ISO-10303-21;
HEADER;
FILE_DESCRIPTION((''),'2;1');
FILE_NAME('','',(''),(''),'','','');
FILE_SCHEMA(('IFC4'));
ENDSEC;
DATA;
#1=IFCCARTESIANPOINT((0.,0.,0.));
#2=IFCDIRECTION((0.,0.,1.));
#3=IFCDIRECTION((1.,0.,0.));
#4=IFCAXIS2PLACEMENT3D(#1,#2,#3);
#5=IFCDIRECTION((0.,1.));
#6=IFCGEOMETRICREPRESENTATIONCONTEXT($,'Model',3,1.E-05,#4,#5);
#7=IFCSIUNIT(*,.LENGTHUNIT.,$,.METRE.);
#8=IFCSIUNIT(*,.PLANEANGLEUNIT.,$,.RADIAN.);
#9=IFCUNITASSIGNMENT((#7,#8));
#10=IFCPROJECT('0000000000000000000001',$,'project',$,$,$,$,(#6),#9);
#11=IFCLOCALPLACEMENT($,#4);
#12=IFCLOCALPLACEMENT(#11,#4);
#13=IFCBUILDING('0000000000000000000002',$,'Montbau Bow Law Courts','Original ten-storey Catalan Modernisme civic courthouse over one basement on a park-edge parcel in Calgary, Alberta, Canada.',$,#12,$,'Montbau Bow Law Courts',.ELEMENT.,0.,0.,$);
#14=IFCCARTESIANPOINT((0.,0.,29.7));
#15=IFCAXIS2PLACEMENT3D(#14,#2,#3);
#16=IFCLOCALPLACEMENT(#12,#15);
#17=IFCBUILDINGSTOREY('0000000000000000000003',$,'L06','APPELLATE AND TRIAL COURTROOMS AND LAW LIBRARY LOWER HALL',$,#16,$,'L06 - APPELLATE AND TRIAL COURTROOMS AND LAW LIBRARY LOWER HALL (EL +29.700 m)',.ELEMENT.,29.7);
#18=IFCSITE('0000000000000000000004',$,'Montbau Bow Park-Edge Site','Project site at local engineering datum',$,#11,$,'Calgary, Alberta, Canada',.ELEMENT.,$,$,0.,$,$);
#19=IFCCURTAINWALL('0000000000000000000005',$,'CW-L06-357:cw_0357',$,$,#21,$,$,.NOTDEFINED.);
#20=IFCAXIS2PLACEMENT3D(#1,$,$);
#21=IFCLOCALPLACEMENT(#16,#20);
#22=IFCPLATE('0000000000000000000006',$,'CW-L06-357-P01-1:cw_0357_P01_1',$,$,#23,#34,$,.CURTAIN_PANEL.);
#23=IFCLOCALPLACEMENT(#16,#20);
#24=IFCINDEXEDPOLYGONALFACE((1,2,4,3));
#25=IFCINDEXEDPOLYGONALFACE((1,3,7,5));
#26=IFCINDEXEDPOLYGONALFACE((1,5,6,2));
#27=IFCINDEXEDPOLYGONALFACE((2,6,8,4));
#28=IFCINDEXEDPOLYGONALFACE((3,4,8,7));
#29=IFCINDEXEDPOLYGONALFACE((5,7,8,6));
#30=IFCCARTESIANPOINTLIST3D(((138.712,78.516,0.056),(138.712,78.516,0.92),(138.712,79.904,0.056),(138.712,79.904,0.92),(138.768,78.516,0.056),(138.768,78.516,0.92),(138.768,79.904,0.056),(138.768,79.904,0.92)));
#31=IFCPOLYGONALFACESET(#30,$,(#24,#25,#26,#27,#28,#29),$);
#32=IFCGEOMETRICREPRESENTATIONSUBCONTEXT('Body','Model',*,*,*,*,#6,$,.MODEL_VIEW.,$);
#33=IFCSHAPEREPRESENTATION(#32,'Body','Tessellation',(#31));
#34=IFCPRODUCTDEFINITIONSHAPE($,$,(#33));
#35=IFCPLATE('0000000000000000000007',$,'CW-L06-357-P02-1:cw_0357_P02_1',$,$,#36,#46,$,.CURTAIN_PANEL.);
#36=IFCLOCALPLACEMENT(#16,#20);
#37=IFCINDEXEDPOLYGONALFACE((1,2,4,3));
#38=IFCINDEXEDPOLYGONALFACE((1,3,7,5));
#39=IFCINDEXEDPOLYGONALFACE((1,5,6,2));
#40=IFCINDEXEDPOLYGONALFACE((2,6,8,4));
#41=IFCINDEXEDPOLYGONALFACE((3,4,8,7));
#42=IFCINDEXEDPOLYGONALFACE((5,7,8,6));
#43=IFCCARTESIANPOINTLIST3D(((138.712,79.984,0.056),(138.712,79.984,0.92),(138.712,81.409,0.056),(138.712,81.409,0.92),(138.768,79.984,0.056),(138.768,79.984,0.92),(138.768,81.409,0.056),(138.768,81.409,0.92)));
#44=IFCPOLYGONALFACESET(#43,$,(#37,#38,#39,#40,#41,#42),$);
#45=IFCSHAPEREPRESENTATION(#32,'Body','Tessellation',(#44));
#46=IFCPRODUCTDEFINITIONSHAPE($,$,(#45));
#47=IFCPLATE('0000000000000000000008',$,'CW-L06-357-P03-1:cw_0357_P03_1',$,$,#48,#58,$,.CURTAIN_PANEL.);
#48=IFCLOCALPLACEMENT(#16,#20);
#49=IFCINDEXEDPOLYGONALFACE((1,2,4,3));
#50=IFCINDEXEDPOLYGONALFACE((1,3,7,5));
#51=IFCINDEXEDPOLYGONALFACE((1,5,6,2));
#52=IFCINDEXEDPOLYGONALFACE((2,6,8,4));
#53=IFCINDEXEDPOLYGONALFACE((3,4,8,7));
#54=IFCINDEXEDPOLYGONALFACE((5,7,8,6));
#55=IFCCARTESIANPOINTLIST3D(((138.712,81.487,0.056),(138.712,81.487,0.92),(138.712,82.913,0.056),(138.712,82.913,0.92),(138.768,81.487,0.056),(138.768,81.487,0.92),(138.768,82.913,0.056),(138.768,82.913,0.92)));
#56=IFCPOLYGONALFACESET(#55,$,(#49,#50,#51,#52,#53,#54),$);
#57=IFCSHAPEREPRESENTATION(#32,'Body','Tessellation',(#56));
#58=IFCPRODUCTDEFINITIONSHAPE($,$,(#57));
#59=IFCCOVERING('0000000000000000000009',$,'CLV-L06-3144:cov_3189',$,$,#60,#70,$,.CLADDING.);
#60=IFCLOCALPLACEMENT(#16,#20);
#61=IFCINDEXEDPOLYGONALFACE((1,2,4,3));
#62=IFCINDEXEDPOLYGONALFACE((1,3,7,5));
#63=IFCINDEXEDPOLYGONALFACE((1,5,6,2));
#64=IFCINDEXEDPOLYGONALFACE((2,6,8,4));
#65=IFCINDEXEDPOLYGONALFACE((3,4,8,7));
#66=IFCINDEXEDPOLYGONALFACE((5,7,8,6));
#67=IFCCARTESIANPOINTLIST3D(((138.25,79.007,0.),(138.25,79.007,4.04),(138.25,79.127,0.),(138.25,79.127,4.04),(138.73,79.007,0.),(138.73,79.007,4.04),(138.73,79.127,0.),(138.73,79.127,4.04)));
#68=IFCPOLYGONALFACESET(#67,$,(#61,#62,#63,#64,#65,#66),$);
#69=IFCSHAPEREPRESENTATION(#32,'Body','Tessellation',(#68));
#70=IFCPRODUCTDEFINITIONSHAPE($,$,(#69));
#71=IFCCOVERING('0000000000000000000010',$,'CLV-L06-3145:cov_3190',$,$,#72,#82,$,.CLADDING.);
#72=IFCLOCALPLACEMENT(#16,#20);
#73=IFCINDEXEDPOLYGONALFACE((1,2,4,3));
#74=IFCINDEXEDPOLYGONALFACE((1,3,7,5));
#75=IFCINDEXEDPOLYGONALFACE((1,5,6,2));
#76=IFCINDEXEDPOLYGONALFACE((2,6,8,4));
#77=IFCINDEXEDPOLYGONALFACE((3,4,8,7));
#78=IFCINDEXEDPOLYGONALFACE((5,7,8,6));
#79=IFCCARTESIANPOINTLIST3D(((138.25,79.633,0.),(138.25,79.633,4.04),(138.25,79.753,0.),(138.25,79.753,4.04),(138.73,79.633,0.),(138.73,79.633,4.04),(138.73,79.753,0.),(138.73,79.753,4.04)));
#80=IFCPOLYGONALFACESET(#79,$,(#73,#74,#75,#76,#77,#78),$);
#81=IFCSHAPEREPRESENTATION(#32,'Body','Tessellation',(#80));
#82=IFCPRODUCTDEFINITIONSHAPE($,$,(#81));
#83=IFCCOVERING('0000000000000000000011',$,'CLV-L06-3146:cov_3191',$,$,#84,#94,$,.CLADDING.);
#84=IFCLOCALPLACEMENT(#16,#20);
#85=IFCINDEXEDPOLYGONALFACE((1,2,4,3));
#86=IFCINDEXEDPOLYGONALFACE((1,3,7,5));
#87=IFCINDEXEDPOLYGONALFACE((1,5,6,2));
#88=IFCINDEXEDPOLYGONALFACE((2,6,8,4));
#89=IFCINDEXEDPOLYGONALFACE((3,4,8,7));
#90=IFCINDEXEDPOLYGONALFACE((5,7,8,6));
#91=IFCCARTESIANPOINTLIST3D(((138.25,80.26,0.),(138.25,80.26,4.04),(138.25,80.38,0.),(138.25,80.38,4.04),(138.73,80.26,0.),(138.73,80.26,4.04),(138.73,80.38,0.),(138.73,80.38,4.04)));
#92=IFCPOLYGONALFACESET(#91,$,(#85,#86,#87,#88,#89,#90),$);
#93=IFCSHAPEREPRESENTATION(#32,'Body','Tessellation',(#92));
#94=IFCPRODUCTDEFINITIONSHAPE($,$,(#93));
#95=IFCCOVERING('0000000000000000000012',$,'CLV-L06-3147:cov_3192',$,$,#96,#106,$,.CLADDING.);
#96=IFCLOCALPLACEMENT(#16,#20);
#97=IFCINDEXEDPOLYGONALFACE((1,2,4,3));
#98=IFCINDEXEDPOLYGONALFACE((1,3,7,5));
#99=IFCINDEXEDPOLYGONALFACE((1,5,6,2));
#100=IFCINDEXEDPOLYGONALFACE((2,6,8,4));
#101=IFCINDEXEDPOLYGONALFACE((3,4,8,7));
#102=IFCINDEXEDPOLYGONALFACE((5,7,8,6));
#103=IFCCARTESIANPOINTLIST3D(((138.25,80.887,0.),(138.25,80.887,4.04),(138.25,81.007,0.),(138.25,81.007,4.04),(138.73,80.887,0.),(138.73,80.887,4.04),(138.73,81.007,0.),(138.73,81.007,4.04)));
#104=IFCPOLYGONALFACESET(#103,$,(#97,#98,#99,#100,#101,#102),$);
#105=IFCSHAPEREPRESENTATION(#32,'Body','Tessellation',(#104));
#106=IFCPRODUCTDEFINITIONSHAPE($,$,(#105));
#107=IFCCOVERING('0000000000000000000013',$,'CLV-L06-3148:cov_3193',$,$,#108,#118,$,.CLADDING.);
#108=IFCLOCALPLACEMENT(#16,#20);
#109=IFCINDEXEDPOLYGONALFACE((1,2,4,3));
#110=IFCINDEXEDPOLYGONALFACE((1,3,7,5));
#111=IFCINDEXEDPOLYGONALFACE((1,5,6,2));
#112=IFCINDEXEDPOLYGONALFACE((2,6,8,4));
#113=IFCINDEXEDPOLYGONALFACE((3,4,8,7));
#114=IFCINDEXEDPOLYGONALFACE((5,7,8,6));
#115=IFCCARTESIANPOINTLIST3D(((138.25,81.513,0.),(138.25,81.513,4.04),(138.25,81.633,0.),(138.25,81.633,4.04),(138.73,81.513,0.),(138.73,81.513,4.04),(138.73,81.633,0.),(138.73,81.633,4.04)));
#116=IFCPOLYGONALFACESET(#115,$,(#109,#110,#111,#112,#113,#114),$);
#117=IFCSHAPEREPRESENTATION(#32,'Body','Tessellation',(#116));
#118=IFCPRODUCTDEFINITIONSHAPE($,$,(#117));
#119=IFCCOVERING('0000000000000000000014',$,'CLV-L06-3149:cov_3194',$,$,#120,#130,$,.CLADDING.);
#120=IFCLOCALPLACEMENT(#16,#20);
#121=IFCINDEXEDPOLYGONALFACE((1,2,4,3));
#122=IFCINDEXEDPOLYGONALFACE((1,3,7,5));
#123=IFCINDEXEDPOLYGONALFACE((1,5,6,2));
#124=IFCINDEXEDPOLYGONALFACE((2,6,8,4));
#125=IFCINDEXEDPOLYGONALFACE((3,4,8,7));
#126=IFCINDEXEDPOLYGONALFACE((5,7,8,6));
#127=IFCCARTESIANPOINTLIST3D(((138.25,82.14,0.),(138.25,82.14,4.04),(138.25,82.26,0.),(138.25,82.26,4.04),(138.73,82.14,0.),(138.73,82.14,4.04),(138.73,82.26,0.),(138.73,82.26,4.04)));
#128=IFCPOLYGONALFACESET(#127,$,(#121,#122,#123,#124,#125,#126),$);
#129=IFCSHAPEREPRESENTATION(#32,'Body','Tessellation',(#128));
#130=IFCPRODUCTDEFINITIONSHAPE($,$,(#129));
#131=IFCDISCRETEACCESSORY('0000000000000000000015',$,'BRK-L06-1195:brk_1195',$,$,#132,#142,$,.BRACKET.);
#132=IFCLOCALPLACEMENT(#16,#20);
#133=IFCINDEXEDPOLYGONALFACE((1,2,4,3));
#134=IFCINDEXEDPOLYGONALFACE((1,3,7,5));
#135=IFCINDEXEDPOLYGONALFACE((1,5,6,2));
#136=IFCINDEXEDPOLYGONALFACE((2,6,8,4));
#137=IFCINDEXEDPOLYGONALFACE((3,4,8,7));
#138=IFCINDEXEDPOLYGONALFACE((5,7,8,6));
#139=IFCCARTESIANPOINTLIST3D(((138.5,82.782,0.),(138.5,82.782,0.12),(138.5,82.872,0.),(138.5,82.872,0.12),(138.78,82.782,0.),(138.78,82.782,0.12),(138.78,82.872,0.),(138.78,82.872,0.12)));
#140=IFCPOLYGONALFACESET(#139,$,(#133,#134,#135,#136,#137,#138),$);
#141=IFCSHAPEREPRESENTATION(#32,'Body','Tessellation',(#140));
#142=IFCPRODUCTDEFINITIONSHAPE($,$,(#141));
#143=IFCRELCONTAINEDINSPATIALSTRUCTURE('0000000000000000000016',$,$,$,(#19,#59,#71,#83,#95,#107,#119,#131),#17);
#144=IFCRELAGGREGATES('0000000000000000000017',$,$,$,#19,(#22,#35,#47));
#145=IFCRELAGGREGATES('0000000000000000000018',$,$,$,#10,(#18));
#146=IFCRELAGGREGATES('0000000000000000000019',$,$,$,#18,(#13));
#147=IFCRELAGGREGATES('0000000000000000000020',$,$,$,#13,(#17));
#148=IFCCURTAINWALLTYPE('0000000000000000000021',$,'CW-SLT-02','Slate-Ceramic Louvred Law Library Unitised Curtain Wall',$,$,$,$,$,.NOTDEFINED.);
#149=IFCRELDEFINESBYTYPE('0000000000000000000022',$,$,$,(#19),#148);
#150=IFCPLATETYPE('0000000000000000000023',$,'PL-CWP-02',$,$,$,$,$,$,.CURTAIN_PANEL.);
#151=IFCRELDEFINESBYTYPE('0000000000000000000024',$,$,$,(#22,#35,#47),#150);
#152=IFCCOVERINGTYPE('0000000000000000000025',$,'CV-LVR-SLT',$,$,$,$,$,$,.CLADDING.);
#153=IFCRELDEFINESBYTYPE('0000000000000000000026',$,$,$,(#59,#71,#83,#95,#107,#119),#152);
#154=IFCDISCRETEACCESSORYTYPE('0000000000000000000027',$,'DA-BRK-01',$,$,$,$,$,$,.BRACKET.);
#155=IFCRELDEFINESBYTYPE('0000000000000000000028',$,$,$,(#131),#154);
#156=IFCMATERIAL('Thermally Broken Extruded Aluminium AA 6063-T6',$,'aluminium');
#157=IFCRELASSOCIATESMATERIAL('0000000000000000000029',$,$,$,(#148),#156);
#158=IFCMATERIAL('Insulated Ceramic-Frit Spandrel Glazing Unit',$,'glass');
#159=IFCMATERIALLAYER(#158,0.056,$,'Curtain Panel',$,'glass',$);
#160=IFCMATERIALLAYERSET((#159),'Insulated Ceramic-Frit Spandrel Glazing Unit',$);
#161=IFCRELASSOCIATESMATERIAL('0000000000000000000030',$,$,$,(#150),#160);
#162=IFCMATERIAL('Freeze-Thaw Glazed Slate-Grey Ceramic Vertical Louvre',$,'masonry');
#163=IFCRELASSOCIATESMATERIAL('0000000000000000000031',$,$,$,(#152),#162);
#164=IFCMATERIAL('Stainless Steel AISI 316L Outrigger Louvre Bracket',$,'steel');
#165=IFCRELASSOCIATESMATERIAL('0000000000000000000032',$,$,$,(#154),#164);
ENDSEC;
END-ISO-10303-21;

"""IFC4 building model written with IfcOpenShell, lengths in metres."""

from ifc_helpers import new_model, si_unit, direction, frame, frame_2d, origin_with_axes, origin_2d_with_axis, place, context, subcontext, project, spatial, rectangle, extrude, material, layer, layer_set, type_object, element, aggregate, save


model = new_model("IFC4")

# Units and contexts
model_context = context("Model", 3, precision=1e-05, world=origin_with_axes(), true_north=direction((0.0, 1.0)))
body_context = subcontext(model_context, "Body", "Model", "MODEL_VIEW")
ifc_project = project(units=[si_unit("LENGTHUNIT", "METRE"), si_unit("PLANEANGLEUNIT", "RADIAN")], contexts=[model_context])

# Site, building, storey
site_placement = place(None, origin_with_axes())
site = spatial("IfcSite", under=ifc_project, at=site_placement, Name="Montbau Bow Park-Edge Site", Description="Project site at local engineering datum", LongName="Calgary, Alberta, Canada", CompositionType="ELEMENT", RefElevation=0.0)
building_placement = place(site_placement, origin_with_axes())
building = spatial("IfcBuilding", under=site, at=building_placement, Name="Montbau Bow Law Courts", Description="Original ten-storey Catalan Modernisme civic courthouse over one basement on a park-edge parcel in Calgary, Alberta, Canada.", LongName="Montbau Bow Law Courts", CompositionType="ELEMENT", ElevationOfRefHeight=0.0, ElevationOfTerrain=0.0)
storey_placement = place(building_placement, frame((0.0, 0.0, 29.7), z_axis=(0.0, 0.0, 1.0), x_axis=(1.0, 0.0, 0.0)))
storey = spatial("IfcBuildingStorey", under=building, at=storey_placement, Name="L06", Description="APPELLATE AND TRIAL COURTROOMS AND LAW LIBRARY LOWER HALL", LongName="L06 - APPELLATE AND TRIAL COURTROOMS AND LAW LIBRARY LOWER HALL (EL +29.700 m)", CompositionType="ELEMENT", Elevation=29.7)

# Curtain wall, plates
ifc_material_1 = material(Name="Thermally Broken Extruded Aluminium AA 6063-T6", Category="aluminium")
curtain_wall_type = type_object("IfcCurtainWallType", Name="CW-SLT-02", Description="Slate-Ceramic Louvred Law Library Unitised Curtain Wall", PredefinedType="NOTDEFINED", material=ifc_material_1)
curtain_wall_placement = place(None, frame((138.74, 78.44, 29.7), z_axis=(0.0, 0.0, 1.0), x_axis=(1.0, 0.0, 0.0)))
curtain_wall = element("IfcCurtainWall", 1, at=curtain_wall_placement, inside=storey, type_object=curtain_wall_type, Name="CW-L06-357:cw_0357", PredefinedType="NOTDEFINED")
ifc_material_2 = material(Name="Insulated Ceramic-Frit Spandrel Glazing Unit", Category="glass")
ifc_layer_1 = layer(ifc_material_2, 0.056, Name="Curtain Panel", Category="glass")
ifc_layer_set_1 = layer_set([ifc_layer_1], Name="Insulated Ceramic-Frit Spandrel Glazing Unit")
plate_type_1 = type_object("IfcPlateType", Name="PL-CWP-02", PredefinedType="CURTAIN_PANEL", material=ifc_layer_set_1)
plate_1_placement = place(None, frame((138.74, 78.516, 29.756), z_axis=(1.0, 0.0, 0.0), x_axis=(0.0, 1.0, 0.0)))
plate_1 = element("IfcPlate", 2, at=plate_1_placement, type_object=plate_type_1, Name="CW-L06-357-P01-1:cw_0357_P01_1", PredefinedType="CURTAIN_PANEL", context=body_context, shape_type="SweptSolid", body=[
    extrude(rectangle(XDim=1.388, YDim=0.864, at=frame_2d((0.694, 0.432), x_axis=(1.0, 0.0))), frame((0.0, 0.0, -0.028), z_axis=(0.0, 0.0, 1.0), x_axis=(1.0, 0.0, 0.0)), (0.0, 0.0, 1.0), 0.056),
])
plate_2_placement = place(None, frame((138.74, 79.984, 29.756), z_axis=(1.0, 0.0, 0.0), x_axis=(0.0, 1.0, 0.0)))
plate_2 = element("IfcPlate", 3, at=plate_2_placement, type_object=plate_type_1, Name="CW-L06-357-P02-1:cw_0357_P02_1", PredefinedType="CURTAIN_PANEL", context=body_context, shape_type="SweptSolid", body=[
    extrude(rectangle(XDim=1.425, YDim=0.864, at=frame_2d((0.7125, 0.432), x_axis=(1.0, 0.0))), frame((0.0, 0.0, -0.028), z_axis=(0.0, 0.0, 1.0), x_axis=(1.0, 0.0, 0.0)), (0.0, 0.0, 1.0), 0.056),
])
plate_3_placement = place(None, frame((138.74, 81.487, 29.756), z_axis=(1.0, 0.0, 0.0), x_axis=(0.0, 1.0, 0.0)))
plate_3 = element("IfcPlate", 4, at=plate_3_placement, type_object=plate_type_1, Name="CW-L06-357-P03-1:cw_0357_P03_1", PredefinedType="CURTAIN_PANEL", context=body_context, shape_type="SweptSolid", body=[
    extrude(rectangle(XDim=1.426, YDim=0.864, at=frame_2d((0.713, 0.432), x_axis=(1.0, 0.0))), frame((0.0, 0.0, -0.028), z_axis=(0.0, 0.0, 1.0), x_axis=(1.0, 0.0, 0.0)), (0.0, 0.0, 1.0), 0.056),
])
aggregate(curtain_wall, [plate_1, plate_2, plate_3])

# Coverings
ifc_material_3 = material(Name="Freeze-Thaw Glazed Slate-Grey Ceramic Vertical Louvre", Category="masonry")
covering_type = type_object("IfcCoveringType", Name="CV-LVR-SLT", PredefinedType="CLADDING", material=ifc_material_3)
for number, where, z_axis, x_axis, name in (
    (5, (138.73, 79.067, 29.7), (0.0, 1.0, 0.0), (-1.0, 0.0, 0.0), "CLV-L06-3144:cov_3189"),
    (6, (138.73, 79.693, 29.7), (0.0, 1.0, 0.0), (-1.0, 0.0, 0.0), "CLV-L06-3145:cov_3190"),
    (7, (138.73, 80.32, 29.7), (0.0, 1.0, 0.0), (-1.0, 0.0, 0.0), "CLV-L06-3146:cov_3191"),
    (8, (138.73, 80.947, 29.7), (0.0, 1.0, 0.0), (-1.0, 0.0, 0.0), "CLV-L06-3147:cov_3192"),
    (9, (138.73, 81.573, 29.7), (0.0, 1.0, 0.0), (-1.0, 0.0, 0.0), "CLV-L06-3148:cov_3193"),
    (10, (138.73, 82.2, 29.7), (0.0, 1.0, 0.0), (-1.0, 0.0, 0.0), "CLV-L06-3149:cov_3194"),
):
    element("IfcCovering", number, at=place(None, frame(where, z_axis=z_axis, x_axis=x_axis)), inside=storey, type_object=covering_type, Name=name, PredefinedType="CLADDING", context=body_context, shape_type="SweptSolid", body=[
        extrude(rectangle(XDim=0.48, YDim=4.04, at=frame_2d((0.24, 2.02), x_axis=(1.0, 0.0))), frame((0.0, 0.0, -0.06), z_axis=(0.0, 0.0, 1.0), x_axis=(1.0, 0.0, 0.0)), (0.0, 0.0, 1.0), 0.12),
    ])

# Discrete accessory
ifc_material_4 = material(Name="Stainless Steel AISI 316L Outrigger Louvre Bracket", Category="steel")
discrete_accessory_type = type_object("IfcDiscreteAccessoryType", Name="DA-BRK-01", PredefinedType="BRACKET", material=ifc_material_4)
discrete_accessory_placement = place(None, frame((138.64, 82.827, 29.7), z_axis=(0.0, 0.0, 1.0), x_axis=(-1.0, 0.0, 0.0)))
element("IfcDiscreteAccessory", 11, at=discrete_accessory_placement, inside=storey, type_object=discrete_accessory_type, Name="BRK-L06-1195:brk_1195", PredefinedType="BRACKET", context=body_context, shape_type="SweptSolid", body=[
    extrude(rectangle(XDim=0.28, YDim=0.09, at=origin_2d_with_axis()), origin_with_axes(), (0.0, 0.0, 1.0), 0.12),
])

save(model, "model.ifc")
